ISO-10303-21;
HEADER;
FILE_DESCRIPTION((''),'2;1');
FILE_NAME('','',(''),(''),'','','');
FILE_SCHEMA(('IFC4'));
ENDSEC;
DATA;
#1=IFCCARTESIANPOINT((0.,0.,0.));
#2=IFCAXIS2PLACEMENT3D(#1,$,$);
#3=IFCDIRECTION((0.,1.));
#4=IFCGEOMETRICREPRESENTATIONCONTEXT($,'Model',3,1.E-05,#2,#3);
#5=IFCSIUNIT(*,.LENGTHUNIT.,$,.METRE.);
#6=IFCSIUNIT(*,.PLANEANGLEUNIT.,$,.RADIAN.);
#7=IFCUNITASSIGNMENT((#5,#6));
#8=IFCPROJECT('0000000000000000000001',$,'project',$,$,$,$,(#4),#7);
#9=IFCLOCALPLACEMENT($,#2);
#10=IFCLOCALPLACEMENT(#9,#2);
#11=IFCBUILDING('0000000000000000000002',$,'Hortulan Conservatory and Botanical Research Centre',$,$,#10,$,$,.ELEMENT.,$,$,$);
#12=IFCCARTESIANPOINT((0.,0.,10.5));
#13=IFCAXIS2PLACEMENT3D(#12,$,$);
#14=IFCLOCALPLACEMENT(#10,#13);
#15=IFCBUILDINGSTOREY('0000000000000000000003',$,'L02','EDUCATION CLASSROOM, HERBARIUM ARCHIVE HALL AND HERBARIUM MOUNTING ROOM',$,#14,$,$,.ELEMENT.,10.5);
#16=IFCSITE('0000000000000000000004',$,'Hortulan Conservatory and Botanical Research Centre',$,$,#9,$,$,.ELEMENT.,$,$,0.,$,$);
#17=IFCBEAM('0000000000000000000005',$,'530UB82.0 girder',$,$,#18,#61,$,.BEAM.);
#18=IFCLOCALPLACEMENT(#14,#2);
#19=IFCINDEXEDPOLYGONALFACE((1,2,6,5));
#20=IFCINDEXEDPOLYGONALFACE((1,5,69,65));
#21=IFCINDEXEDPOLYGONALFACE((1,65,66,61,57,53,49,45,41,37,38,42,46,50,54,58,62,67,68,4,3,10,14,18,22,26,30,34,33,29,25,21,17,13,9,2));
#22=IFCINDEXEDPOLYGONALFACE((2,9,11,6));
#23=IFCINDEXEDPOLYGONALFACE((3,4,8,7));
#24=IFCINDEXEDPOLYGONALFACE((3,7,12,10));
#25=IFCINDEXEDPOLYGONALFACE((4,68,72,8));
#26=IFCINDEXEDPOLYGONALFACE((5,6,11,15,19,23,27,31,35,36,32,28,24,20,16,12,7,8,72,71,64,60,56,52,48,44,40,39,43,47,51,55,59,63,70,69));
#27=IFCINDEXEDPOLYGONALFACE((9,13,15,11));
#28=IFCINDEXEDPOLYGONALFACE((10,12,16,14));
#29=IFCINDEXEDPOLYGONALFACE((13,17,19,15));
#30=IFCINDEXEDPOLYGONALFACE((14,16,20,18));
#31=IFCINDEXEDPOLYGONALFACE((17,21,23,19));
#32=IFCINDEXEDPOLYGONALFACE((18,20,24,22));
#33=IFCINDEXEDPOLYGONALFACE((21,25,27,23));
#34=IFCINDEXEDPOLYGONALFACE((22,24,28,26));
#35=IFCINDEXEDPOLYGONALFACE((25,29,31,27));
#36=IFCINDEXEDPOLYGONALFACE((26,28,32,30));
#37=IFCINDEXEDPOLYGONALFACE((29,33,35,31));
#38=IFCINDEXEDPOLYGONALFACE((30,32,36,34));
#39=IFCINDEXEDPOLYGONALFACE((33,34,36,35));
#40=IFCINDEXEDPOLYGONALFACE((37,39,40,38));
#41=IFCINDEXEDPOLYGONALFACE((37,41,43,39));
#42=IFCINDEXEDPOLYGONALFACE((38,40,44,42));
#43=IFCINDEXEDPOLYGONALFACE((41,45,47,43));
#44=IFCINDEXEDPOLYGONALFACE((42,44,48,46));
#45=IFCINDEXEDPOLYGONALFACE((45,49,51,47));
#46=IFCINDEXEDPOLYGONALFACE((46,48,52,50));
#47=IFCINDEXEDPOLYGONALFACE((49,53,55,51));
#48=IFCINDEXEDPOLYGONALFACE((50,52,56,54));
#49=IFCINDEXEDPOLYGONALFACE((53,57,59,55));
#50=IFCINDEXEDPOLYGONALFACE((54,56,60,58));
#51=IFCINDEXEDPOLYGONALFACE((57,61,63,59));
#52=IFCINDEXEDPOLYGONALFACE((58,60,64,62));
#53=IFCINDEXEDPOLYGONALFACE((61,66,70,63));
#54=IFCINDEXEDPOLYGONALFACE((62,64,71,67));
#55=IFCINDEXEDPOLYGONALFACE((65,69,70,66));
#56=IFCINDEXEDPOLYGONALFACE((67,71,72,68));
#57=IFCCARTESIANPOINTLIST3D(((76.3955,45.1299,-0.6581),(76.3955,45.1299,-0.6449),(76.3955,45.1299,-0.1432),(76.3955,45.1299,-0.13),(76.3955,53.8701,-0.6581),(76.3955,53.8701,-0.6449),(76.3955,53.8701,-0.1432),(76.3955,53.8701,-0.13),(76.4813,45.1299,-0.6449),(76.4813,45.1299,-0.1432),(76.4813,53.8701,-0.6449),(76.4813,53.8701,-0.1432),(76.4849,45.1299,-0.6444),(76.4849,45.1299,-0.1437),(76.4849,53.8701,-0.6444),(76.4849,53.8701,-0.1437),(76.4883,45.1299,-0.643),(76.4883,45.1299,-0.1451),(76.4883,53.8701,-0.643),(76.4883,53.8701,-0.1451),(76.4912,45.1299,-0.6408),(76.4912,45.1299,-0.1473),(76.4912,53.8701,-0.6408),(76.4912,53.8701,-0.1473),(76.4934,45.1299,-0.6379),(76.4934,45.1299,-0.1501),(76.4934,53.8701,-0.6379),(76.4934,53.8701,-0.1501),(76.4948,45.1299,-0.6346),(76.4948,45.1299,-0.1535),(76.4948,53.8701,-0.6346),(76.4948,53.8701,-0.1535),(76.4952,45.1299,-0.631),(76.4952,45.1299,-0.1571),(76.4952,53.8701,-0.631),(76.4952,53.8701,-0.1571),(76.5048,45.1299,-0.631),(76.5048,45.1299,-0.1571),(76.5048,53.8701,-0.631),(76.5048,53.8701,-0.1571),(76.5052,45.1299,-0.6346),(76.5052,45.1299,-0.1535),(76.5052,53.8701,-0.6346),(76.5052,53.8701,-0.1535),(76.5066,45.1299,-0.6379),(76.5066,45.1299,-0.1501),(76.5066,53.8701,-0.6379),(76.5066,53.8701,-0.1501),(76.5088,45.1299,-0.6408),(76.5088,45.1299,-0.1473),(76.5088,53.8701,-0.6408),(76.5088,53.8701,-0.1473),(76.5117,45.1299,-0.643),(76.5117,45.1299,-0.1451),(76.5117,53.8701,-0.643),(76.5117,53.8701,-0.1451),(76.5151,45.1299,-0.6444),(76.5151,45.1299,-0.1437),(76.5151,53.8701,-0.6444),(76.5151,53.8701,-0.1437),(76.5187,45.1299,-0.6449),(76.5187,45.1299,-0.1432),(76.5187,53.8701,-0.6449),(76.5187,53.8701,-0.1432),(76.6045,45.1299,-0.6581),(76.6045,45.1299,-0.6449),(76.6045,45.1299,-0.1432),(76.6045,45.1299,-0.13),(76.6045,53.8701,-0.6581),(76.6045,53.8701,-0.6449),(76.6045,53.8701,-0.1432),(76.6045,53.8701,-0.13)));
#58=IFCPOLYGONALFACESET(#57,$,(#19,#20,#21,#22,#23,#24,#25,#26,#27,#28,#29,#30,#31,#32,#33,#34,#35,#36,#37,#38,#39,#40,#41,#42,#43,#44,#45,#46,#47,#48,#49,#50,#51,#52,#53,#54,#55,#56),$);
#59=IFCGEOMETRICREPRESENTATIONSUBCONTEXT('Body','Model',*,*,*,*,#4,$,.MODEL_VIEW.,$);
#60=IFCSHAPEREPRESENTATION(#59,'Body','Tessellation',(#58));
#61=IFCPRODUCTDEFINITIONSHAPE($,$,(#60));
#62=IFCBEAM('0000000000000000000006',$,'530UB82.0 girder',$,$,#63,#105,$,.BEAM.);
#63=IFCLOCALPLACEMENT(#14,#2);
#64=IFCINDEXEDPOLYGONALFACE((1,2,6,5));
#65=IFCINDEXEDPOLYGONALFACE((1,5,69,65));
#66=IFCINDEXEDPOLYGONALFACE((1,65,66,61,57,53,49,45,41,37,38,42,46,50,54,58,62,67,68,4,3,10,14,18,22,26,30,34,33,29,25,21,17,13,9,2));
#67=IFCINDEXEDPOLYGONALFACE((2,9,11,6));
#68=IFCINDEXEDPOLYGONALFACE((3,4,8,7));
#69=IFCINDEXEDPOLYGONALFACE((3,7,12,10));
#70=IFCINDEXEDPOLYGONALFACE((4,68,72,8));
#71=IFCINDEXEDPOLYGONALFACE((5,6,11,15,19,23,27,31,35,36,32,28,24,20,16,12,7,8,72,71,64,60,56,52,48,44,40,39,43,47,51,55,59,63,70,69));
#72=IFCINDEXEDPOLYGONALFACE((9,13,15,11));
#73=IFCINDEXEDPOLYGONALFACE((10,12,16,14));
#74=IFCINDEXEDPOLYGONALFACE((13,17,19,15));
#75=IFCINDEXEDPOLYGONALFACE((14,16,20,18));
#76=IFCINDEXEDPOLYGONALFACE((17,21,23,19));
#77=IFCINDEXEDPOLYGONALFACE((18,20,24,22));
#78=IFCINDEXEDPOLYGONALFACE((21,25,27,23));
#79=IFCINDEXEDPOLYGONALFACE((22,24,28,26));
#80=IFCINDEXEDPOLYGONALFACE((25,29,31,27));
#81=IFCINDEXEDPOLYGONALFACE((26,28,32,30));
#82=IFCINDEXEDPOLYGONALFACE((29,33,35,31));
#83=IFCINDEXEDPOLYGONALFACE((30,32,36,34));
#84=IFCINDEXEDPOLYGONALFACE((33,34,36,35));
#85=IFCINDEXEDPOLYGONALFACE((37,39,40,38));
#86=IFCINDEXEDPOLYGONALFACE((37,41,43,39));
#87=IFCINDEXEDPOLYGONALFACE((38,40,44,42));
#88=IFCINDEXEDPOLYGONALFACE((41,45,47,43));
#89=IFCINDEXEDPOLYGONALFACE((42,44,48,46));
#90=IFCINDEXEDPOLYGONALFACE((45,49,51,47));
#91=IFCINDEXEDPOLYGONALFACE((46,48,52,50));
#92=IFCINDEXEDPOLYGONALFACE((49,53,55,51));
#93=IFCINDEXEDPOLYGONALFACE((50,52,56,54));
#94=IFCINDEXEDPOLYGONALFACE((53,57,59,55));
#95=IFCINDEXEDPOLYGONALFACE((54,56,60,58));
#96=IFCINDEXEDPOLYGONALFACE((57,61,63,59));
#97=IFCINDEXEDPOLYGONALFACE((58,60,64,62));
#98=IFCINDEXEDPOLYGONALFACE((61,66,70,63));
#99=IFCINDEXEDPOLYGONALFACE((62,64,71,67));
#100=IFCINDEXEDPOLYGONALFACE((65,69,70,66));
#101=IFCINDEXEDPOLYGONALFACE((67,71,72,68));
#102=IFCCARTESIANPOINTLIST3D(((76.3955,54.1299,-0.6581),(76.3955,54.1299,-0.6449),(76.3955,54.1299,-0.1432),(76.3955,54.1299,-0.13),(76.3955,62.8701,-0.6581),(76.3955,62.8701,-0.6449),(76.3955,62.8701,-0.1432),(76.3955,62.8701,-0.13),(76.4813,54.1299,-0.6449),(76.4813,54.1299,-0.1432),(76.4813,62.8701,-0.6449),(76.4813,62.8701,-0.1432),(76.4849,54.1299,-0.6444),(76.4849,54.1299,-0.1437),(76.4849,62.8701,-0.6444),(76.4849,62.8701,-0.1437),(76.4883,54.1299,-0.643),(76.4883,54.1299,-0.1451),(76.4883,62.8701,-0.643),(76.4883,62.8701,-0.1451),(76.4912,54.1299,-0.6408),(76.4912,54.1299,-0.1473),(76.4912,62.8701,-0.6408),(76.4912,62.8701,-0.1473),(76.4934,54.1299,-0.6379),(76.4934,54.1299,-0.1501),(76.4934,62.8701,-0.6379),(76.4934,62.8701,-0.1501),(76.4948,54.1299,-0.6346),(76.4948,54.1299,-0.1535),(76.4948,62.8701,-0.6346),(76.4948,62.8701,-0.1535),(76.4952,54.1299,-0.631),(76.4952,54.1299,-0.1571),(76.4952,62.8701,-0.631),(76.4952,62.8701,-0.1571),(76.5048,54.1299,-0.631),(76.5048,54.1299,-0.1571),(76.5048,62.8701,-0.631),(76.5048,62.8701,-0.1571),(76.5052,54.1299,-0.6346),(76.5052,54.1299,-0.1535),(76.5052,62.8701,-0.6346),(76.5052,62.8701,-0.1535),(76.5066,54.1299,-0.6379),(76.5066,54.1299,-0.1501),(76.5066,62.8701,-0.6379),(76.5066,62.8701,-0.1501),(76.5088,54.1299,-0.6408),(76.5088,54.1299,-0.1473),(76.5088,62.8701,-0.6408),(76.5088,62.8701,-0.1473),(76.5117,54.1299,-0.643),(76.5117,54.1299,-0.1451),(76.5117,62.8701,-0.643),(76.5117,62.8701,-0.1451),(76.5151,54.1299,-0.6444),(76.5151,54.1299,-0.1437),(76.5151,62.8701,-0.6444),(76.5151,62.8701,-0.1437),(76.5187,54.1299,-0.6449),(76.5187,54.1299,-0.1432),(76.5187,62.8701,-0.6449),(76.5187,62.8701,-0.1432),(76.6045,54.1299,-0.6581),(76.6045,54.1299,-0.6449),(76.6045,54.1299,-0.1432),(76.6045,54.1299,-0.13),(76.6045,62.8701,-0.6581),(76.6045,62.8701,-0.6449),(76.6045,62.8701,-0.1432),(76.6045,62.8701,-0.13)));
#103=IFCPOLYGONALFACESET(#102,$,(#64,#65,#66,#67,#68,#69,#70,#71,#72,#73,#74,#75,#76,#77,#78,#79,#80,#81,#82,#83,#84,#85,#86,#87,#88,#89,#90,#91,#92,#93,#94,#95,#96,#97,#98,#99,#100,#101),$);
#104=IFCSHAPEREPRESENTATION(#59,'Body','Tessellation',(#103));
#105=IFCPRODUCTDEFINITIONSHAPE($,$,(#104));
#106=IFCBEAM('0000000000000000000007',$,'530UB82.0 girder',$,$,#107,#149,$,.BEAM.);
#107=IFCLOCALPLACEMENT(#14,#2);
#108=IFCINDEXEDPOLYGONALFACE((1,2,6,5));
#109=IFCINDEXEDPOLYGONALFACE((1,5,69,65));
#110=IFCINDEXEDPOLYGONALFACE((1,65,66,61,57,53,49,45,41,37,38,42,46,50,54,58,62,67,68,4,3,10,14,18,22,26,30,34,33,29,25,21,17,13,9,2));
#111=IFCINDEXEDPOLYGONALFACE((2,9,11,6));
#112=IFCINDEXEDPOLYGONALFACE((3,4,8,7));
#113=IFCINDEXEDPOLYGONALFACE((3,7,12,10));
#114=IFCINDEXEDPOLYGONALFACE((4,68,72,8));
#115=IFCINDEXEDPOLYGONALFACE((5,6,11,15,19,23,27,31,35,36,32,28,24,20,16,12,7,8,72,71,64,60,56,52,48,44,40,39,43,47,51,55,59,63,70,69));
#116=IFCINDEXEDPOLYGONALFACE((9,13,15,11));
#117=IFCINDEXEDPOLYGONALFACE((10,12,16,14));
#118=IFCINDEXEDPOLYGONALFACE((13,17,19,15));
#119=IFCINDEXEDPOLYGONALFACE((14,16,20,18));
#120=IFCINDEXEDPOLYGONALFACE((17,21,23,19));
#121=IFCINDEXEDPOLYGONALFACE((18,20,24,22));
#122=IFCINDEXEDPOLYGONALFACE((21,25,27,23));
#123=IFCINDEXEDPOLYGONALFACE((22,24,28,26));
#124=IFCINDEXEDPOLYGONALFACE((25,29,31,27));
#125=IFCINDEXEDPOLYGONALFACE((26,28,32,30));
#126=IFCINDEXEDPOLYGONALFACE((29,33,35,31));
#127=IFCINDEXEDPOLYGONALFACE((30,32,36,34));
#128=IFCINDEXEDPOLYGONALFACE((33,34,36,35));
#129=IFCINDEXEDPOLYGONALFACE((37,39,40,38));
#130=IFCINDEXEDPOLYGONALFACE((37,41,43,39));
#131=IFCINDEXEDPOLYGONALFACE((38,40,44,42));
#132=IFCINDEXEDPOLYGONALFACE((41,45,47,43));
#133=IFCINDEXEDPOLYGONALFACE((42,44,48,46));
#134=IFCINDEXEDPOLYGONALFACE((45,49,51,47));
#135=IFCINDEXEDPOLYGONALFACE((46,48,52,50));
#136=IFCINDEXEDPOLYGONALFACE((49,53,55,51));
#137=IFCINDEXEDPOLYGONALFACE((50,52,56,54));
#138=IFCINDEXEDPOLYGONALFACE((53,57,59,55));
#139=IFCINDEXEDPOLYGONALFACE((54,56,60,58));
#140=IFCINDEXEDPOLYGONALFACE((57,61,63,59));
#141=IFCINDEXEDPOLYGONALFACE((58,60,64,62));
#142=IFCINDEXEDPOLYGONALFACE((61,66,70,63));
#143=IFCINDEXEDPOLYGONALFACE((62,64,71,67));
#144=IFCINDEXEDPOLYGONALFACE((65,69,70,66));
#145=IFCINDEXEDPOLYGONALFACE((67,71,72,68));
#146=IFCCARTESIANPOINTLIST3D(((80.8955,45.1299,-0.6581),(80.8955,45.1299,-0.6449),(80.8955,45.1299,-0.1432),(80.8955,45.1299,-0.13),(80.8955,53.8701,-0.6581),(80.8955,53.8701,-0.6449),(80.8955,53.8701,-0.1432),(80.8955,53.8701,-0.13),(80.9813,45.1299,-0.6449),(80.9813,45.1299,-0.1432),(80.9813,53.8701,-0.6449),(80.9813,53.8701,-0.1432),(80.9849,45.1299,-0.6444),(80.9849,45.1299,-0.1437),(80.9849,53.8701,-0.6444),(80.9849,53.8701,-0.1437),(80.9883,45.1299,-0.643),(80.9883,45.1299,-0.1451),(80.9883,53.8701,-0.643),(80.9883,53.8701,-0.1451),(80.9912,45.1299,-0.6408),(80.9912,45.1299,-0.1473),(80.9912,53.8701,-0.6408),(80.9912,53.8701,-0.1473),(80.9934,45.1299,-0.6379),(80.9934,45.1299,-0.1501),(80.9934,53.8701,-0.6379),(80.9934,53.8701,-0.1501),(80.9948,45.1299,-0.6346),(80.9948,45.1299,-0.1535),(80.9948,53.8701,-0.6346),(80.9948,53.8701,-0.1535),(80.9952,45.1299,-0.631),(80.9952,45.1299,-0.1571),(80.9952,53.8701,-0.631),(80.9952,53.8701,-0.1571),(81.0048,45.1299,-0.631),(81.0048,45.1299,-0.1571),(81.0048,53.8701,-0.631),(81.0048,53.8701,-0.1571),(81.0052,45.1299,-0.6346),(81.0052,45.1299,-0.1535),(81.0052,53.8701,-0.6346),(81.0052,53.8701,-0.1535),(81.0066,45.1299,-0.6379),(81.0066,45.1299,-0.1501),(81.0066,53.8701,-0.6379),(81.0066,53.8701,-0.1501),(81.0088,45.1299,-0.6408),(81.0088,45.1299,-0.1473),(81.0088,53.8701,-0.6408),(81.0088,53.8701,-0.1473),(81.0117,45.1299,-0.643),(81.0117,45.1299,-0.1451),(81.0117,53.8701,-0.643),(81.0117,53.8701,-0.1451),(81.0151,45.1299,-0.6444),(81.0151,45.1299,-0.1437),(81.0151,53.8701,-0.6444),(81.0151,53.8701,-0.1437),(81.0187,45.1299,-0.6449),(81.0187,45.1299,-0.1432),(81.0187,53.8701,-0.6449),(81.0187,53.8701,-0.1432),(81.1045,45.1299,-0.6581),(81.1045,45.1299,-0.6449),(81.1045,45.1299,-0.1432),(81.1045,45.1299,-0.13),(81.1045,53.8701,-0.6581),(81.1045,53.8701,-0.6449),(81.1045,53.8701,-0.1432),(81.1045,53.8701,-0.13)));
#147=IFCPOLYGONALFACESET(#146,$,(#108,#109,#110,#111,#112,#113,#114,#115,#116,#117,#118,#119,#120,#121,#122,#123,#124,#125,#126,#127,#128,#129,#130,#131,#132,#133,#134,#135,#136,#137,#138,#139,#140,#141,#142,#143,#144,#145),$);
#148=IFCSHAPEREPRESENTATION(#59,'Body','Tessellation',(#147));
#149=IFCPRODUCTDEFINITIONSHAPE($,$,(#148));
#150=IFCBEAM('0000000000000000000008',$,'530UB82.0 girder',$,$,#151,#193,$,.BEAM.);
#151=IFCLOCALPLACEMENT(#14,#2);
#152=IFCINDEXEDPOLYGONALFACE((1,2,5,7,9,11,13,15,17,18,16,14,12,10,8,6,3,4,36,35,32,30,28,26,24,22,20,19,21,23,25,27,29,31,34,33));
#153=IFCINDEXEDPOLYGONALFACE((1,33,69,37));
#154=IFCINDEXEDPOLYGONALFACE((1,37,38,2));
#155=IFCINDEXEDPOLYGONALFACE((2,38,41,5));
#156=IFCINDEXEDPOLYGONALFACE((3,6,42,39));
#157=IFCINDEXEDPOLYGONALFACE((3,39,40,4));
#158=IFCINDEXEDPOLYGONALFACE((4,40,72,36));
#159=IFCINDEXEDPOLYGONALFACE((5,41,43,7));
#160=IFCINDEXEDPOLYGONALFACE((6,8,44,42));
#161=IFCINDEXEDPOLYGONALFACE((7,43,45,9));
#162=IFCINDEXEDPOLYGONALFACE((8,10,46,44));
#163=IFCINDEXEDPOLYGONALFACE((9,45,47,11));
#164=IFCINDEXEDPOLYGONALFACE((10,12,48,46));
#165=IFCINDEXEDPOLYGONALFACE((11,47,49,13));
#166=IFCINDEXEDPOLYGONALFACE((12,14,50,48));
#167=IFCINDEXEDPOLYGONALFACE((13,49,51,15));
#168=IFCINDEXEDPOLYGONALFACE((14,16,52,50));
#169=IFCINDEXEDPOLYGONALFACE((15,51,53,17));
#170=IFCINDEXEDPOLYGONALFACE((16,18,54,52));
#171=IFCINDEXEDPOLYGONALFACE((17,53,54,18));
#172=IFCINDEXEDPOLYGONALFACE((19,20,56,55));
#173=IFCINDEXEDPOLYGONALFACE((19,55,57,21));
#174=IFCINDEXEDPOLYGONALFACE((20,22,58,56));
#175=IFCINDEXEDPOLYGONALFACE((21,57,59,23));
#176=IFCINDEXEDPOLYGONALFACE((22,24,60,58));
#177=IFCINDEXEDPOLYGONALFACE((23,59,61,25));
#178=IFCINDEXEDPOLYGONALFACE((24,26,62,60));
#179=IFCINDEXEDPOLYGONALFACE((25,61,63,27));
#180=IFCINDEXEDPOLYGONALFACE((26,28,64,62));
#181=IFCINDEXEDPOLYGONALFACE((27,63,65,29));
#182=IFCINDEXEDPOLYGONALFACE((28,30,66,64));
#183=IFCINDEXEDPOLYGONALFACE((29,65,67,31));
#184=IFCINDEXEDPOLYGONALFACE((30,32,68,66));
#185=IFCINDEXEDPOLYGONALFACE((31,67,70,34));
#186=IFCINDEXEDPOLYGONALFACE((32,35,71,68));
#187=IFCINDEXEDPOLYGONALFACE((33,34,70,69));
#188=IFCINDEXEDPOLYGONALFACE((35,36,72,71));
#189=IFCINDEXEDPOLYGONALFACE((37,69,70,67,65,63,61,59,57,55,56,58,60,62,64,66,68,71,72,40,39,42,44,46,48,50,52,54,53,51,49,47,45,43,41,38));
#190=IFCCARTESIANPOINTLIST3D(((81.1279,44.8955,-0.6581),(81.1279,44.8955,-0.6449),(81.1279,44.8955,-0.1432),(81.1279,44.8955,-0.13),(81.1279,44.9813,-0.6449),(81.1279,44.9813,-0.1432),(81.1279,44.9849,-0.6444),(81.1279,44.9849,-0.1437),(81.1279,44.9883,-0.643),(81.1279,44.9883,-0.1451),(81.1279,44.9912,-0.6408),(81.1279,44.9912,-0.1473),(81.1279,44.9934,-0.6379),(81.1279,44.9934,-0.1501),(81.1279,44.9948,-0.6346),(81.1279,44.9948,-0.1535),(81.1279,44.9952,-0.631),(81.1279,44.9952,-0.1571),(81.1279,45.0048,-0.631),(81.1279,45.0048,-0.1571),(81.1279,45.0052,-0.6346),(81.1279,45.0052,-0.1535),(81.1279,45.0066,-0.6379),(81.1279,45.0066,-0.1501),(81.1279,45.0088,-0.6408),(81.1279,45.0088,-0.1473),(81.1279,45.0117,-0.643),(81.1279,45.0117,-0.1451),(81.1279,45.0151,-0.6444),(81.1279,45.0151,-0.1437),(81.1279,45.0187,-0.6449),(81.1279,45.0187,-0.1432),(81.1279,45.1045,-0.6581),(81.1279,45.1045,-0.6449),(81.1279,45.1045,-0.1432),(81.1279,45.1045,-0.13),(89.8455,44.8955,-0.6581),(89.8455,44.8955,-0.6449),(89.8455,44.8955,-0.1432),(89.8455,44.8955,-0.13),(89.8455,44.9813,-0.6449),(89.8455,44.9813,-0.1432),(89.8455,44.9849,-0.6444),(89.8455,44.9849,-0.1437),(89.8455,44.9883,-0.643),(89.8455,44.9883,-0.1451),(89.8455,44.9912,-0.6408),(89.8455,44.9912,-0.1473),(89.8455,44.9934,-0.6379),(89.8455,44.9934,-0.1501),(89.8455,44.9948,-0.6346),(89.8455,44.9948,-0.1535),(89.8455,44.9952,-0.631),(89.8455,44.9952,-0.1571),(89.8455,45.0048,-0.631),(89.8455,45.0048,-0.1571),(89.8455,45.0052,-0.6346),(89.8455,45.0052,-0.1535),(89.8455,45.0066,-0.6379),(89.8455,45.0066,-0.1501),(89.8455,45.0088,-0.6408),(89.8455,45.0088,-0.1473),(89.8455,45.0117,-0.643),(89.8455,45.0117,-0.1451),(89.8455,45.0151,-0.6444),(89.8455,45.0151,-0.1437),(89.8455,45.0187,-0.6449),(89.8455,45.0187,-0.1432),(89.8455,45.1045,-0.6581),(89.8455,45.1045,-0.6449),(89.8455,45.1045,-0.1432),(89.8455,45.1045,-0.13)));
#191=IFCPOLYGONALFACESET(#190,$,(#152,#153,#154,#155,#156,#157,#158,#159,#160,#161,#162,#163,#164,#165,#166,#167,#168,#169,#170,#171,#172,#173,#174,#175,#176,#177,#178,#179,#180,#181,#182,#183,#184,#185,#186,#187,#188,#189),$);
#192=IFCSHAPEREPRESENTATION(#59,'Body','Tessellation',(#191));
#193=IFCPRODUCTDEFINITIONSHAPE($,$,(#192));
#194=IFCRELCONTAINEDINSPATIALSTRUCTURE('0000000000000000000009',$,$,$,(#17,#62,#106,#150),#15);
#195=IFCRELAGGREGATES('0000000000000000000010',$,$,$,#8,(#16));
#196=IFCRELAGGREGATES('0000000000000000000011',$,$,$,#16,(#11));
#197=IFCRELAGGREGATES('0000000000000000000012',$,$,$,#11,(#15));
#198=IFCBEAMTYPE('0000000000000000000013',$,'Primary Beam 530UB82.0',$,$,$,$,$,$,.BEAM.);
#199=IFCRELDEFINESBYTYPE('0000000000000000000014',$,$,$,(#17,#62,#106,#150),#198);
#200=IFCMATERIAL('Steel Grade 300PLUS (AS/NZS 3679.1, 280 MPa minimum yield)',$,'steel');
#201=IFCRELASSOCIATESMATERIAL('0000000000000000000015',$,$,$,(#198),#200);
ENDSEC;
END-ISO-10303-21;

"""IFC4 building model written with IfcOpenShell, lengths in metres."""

from ifc_helpers import new_model, si_unit, direction, frame, origin, origin_2d, place, context, subcontext, project, spatial, i_section, extrude, material, material_profile, profile_set, type_object, element, save


model = new_model("IFC4")

# Units and contexts
model_context = context("Model", 3, precision=1e-05, world=origin(), true_north=direction((0.0, 1.0)))
body_context = subcontext(model_context, "Body", "Model", "MODEL_VIEW")
ifc_project = project(units=[si_unit("LENGTHUNIT", "METRE"), si_unit("PLANEANGLEUNIT", "RADIAN")], contexts=[model_context])

# Site, building, storey
site_placement = place(None, origin())
site = spatial("IfcSite", under=ifc_project, at=site_placement, Name="Hortulan Conservatory and Botanical Research Centre", CompositionType="ELEMENT", RefElevation=0.0)
building_placement = place(site_placement, origin())
building = spatial("IfcBuilding", under=site, at=building_placement, Name="Hortulan Conservatory and Botanical Research Centre", CompositionType="ELEMENT")
storey_placement = place(building_placement, frame((0.0, 0.0, 10.5)))
storey = spatial("IfcBuildingStorey", under=building, at=storey_placement, Name="L02", Description="EDUCATION CLASSROOM, HERBARIUM ARCHIVE HALL AND HERBARIUM MOUNTING ROOM", CompositionType="ELEMENT", Elevation=10.5)

# Shared definitions
ifc_material_1 = material(Name="Steel Grade 300PLUS (AS/NZS 3679.1, 280 MPa minimum yield)", Category="steel")

# Beams
ifc_material_profile_1 = material_profile(ifc_material_1, i_section(OverallWidth=0.209, OverallDepth=0.5281, WebThickness=0.0095, FlangeThickness=0.0132, FilletRadius=0.0139, at=origin_2d()), Name="530UB82.0")
ifc_profile_set_1 = profile_set([ifc_material_profile_1], Name="Steel Grade 300PLUS (AS/NZS 3679.1, 280 MPa minimum yield)")
beam_type_1 = type_object("IfcBeamType", Name="Primary Beam 530UB82.0", PredefinedType="BEAM", material=ifc_profile_set_1)
for number, where, z_axis, x_axis, name in (
    (1, (76.5, 45.1299, -0.394), (0.0, 1.0, 0.0), (-1.0, 0.0, 0.0), "530UB82.0 girder"),
    (2, (76.5, 54.1299, -0.394), (0.0, 1.0, 0.0), (-1.0, 0.0, 0.0), "530UB82.0 girder"),
    (3, (81.0, 45.1299, -0.394), (0.0, 1.0, 0.0), (-1.0, 0.0, 0.0), "530UB82.0 girder"),
):
    element("IfcBeam", number, at=place(storey_placement, frame(where, z_axis=z_axis, x_axis=x_axis)), inside=storey, type_object=beam_type_1, Name=name, PredefinedType="BEAM", context=body_context, shape_type="SweptSolid", body=[
        extrude(i_section(OverallWidth=0.209, OverallDepth=0.5281, WebThickness=0.0095, FlangeThickness=0.0132, FilletRadius=0.0139, at=origin_2d()), origin(), (0.0, 0.0, 1.0), 8.7402),
    ])
beam_1_placement = place(storey_placement, frame((81.1279, 45.0, -0.394), z_axis=(1.0, 0.0, 0.0), x_axis=(0.0, 1.0, 0.0)))
element("IfcBeam", 4, at=beam_1_placement, inside=storey, type_object=beam_type_1, Name="530UB82.0 girder", PredefinedType="BEAM", context=body_context, shape_type="SweptSolid", body=[
    extrude(i_section(OverallWidth=0.209, OverallDepth=0.5281, WebThickness=0.0095, FlangeThickness=0.0132, FilletRadius=0.0139, at=origin_2d()), origin(), (0.0, 0.0, 1.0), 8.7175),
])

save(model, "model.ifc")
